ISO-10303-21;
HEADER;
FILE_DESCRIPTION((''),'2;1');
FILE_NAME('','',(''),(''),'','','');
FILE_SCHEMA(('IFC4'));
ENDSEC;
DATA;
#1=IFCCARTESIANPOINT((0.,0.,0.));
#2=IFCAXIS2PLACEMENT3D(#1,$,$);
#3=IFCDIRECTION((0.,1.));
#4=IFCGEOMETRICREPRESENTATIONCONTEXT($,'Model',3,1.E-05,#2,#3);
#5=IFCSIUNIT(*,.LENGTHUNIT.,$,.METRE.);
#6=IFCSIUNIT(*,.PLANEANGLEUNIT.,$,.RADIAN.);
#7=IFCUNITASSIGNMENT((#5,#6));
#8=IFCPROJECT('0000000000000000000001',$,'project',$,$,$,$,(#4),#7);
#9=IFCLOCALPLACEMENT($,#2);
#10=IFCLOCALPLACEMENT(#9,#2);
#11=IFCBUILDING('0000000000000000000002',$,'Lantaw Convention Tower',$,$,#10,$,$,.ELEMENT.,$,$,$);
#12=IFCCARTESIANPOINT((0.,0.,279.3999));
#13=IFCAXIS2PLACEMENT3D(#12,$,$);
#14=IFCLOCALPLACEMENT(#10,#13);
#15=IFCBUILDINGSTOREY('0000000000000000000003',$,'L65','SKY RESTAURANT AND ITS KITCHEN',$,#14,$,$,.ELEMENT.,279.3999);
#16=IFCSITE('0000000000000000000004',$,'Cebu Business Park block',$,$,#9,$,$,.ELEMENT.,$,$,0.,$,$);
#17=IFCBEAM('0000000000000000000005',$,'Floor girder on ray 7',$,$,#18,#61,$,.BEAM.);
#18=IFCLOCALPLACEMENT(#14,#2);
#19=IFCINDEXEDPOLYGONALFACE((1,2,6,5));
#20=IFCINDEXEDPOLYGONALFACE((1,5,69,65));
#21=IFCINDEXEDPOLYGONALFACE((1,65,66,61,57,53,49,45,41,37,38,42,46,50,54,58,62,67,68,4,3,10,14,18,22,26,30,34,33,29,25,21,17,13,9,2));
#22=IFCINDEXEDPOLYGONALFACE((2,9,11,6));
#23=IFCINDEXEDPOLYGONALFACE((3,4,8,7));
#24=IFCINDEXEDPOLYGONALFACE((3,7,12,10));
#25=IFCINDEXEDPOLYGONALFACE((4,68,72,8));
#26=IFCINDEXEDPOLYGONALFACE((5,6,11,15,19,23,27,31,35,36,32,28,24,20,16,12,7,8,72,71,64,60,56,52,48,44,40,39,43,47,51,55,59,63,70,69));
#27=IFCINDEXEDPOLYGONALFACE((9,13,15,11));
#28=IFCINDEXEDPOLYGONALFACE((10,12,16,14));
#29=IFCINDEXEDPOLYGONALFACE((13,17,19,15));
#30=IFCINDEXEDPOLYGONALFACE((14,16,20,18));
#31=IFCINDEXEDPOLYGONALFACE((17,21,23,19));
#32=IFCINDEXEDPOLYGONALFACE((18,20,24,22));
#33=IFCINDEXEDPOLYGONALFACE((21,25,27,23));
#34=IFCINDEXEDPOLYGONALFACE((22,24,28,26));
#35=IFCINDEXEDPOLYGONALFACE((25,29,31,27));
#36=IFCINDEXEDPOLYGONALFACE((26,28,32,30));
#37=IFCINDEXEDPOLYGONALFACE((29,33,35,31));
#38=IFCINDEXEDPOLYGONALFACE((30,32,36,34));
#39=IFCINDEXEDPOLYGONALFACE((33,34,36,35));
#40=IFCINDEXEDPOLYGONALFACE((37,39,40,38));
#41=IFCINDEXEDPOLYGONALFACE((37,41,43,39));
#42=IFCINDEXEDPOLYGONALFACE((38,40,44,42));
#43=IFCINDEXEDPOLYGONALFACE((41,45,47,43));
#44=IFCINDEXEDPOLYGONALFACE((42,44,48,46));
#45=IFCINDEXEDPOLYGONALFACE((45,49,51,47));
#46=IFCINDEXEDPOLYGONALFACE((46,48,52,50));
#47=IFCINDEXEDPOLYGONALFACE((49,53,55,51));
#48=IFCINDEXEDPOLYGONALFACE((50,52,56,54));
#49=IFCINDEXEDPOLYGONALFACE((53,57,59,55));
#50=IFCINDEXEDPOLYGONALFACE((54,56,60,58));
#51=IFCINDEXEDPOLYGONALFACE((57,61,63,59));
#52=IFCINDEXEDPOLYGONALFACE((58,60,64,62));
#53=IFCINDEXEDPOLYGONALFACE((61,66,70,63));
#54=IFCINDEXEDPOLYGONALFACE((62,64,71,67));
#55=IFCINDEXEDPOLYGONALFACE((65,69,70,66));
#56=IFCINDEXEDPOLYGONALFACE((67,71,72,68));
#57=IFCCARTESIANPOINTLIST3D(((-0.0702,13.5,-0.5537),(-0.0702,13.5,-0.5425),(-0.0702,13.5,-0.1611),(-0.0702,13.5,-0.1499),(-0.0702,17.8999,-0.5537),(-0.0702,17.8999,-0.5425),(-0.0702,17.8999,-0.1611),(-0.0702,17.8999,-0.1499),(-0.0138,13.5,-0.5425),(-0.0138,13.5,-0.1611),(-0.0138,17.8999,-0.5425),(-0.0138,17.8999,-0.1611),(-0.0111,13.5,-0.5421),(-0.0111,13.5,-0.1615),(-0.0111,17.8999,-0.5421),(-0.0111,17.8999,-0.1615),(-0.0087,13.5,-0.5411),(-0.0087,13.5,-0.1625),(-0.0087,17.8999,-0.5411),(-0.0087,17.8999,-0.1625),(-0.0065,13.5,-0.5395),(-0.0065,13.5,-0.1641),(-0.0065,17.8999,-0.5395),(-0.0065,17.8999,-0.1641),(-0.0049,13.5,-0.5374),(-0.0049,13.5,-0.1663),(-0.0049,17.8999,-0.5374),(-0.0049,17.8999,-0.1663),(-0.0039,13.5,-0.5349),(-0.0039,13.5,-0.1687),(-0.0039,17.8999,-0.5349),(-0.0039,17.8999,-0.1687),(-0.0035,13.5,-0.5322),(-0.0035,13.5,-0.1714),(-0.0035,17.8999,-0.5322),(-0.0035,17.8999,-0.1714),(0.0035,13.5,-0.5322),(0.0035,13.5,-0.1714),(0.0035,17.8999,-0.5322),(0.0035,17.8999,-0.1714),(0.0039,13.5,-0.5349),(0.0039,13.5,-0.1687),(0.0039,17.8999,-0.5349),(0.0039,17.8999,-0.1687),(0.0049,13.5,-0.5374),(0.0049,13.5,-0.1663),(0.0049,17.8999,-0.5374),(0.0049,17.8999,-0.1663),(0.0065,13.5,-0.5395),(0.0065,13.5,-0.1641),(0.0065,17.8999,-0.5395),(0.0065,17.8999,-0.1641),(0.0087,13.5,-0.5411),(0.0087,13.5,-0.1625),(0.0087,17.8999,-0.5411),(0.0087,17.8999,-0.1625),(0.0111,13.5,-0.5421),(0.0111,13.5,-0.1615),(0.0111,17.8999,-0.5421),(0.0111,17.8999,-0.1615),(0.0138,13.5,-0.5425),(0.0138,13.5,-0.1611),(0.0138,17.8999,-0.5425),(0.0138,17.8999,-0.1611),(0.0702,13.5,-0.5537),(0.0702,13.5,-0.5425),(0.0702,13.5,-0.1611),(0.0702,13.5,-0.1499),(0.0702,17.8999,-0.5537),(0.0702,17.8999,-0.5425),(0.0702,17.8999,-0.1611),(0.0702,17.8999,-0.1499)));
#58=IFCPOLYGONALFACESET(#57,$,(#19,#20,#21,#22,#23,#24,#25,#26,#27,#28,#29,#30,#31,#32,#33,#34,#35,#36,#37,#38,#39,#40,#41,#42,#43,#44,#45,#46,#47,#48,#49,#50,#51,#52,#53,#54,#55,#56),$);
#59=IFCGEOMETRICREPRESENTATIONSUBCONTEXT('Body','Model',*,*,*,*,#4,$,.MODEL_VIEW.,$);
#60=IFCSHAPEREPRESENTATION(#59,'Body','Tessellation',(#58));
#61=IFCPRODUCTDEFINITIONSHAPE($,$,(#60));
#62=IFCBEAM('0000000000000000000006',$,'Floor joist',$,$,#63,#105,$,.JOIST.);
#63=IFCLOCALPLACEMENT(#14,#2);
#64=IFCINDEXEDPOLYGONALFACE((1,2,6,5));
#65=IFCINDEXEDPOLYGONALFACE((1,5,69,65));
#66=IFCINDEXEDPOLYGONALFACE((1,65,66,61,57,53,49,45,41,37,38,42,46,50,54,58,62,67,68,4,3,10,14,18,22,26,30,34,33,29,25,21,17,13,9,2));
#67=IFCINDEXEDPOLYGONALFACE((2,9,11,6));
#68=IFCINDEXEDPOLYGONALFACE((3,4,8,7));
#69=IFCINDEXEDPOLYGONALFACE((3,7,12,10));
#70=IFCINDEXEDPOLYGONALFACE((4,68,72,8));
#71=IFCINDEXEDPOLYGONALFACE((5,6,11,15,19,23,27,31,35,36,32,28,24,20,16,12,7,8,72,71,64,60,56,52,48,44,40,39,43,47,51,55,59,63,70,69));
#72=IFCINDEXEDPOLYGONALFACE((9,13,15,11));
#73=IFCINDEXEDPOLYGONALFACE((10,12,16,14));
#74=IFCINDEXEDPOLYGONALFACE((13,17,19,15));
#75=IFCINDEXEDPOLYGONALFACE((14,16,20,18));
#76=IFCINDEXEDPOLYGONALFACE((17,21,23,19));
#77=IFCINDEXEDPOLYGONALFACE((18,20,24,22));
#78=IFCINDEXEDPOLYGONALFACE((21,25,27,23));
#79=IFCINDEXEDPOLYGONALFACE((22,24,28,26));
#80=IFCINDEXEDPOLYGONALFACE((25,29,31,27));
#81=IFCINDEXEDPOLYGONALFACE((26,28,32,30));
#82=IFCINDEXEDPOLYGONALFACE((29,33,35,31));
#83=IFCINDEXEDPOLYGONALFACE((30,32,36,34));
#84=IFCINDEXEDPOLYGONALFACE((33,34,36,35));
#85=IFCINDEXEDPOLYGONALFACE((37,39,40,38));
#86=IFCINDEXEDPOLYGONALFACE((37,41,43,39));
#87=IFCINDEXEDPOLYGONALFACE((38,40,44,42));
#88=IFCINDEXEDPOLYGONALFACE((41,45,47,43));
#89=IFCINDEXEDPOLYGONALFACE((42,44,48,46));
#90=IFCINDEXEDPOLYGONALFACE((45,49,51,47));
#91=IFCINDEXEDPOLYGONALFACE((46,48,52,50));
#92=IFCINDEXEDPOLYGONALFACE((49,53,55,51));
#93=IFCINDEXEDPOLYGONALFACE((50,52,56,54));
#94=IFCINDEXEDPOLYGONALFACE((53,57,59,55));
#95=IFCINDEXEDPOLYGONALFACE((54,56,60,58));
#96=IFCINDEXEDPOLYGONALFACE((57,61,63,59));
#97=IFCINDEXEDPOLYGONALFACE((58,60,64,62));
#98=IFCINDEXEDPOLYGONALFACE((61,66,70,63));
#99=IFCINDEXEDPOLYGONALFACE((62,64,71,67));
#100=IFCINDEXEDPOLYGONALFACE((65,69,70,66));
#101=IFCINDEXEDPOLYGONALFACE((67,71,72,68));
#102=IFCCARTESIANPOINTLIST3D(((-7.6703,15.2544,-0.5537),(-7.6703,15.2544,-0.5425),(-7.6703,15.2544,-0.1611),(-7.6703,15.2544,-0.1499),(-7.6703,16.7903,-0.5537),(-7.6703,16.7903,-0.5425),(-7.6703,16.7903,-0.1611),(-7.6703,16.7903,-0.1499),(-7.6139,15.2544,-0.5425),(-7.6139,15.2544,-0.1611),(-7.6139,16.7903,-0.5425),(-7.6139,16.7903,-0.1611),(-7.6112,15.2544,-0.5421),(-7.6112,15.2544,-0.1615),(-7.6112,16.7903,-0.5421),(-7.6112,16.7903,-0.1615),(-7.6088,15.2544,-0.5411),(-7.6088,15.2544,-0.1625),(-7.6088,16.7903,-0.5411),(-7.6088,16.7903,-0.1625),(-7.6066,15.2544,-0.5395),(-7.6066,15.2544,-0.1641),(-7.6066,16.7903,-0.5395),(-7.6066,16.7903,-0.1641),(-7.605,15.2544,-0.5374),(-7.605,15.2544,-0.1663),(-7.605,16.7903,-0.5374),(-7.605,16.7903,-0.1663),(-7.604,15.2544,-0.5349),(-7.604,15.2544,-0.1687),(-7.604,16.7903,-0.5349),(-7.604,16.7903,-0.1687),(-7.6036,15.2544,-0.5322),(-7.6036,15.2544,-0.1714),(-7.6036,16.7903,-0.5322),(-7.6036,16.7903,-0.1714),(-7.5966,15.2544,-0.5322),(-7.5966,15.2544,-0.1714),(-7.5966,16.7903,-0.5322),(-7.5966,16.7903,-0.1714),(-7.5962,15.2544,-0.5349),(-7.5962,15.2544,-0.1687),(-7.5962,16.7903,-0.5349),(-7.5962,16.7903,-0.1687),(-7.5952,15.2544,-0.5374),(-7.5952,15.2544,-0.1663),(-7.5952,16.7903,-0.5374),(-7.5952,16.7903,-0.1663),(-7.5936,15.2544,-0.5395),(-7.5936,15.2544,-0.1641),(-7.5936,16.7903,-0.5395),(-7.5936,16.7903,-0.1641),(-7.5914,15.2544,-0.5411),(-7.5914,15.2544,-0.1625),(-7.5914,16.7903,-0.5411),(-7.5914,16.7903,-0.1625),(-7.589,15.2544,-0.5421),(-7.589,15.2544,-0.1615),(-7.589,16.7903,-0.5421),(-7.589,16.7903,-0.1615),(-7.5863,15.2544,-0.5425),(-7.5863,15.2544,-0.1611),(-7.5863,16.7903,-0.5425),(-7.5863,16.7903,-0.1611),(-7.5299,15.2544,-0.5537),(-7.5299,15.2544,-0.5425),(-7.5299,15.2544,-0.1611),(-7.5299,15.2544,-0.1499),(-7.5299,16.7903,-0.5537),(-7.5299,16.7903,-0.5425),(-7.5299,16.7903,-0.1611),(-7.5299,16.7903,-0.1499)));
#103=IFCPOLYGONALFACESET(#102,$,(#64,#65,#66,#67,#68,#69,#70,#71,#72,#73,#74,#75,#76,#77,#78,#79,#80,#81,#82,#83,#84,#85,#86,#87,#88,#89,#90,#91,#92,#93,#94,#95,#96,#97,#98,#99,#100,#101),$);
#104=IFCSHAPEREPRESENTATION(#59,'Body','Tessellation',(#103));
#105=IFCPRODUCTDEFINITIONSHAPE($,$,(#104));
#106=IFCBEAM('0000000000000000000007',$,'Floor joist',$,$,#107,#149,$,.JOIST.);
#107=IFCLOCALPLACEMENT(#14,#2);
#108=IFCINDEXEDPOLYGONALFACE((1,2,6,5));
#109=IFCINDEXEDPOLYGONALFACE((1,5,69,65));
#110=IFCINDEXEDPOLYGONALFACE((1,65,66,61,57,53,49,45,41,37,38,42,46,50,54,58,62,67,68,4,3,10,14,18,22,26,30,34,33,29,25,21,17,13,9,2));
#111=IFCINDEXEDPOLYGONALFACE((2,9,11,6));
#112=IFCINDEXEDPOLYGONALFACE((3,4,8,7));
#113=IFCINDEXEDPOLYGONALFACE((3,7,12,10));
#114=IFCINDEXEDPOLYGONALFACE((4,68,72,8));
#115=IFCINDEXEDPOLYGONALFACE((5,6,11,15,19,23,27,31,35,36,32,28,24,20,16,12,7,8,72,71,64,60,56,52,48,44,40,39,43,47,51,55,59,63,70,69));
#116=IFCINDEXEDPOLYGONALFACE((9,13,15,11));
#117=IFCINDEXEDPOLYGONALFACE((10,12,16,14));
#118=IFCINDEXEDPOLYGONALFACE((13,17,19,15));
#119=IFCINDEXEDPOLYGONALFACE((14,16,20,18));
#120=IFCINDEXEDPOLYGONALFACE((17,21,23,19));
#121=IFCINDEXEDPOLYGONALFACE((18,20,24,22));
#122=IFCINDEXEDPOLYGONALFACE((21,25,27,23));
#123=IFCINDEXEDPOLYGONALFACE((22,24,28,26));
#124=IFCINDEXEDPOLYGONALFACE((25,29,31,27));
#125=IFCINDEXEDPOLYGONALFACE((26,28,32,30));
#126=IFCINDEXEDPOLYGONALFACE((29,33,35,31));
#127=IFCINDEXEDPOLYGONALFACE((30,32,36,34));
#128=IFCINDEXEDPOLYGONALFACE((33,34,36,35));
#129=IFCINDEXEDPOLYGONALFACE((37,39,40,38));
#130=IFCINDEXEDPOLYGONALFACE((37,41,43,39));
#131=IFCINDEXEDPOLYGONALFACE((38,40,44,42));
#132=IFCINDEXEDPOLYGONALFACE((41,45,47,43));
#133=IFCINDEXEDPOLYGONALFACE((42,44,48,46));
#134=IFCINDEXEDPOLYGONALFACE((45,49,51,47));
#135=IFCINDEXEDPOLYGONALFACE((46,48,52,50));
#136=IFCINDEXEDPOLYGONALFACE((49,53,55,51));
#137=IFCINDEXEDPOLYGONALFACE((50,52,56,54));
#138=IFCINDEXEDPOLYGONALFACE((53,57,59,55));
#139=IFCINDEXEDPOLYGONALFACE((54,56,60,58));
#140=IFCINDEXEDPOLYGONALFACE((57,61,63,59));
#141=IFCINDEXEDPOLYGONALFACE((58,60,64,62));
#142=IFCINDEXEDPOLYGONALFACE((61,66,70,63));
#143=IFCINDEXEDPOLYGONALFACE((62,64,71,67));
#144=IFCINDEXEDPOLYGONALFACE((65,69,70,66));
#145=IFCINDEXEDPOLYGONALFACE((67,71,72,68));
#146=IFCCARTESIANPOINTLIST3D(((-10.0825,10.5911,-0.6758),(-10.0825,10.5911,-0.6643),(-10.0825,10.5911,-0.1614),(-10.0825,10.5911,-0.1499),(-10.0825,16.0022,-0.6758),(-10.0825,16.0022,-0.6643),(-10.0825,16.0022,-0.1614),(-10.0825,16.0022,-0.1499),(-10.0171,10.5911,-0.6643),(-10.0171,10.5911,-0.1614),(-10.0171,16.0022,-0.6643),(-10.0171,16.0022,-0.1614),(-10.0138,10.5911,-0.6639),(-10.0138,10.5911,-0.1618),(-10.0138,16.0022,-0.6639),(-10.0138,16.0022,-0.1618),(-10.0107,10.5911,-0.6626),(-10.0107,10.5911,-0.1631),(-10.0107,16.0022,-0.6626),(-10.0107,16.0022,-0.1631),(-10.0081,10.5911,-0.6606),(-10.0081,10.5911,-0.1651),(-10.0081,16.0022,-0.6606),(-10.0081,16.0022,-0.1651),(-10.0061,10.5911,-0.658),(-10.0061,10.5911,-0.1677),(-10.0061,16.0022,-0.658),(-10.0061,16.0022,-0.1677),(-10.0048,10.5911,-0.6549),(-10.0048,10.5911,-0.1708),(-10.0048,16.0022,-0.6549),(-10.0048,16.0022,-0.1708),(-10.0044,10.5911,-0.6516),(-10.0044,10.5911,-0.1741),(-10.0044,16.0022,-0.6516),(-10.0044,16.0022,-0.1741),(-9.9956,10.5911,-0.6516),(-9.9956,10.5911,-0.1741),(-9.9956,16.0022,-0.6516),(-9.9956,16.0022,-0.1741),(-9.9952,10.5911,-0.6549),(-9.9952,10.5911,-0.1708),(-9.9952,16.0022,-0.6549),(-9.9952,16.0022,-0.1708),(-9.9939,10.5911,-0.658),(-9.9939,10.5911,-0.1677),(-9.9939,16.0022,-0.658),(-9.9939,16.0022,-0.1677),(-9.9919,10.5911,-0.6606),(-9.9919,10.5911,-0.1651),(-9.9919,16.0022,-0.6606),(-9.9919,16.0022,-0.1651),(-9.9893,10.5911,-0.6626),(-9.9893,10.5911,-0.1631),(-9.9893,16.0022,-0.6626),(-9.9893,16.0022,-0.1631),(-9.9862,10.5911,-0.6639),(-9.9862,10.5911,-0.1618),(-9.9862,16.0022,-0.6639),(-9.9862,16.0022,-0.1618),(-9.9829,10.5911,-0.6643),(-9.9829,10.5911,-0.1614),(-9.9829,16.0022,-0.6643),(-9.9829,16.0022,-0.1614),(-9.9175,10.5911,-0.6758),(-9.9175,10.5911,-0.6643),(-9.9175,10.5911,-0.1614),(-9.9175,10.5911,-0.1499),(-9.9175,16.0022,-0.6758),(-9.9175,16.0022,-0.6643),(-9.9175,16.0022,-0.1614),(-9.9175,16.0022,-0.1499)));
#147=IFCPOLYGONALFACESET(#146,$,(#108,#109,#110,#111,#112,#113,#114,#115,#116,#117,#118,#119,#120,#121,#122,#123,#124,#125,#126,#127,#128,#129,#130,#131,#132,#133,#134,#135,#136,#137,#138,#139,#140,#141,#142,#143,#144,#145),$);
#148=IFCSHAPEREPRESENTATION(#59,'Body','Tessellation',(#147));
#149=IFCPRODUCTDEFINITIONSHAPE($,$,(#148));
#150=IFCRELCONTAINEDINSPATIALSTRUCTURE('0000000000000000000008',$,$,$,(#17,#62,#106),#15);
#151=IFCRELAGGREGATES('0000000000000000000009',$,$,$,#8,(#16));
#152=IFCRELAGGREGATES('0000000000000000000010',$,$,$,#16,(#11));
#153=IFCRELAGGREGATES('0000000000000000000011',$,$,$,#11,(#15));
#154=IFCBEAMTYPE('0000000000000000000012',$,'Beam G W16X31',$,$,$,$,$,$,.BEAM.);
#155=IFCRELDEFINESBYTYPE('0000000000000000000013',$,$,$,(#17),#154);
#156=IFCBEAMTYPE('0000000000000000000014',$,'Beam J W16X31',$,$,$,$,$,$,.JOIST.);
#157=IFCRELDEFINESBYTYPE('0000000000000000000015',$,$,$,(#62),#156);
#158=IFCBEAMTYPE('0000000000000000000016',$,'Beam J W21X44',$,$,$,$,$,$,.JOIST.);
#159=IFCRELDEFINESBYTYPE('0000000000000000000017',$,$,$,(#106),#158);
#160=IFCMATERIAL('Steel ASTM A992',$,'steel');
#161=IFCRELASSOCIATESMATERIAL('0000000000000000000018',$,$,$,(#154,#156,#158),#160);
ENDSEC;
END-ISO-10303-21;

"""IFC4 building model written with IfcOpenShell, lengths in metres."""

from ifc_helpers import new_model, si_unit, direction, frame, origin, origin_2d, place, context, subcontext, project, spatial, i_section, extrude, material, material_profile, profile_set, type_object, element, save


model = new_model("IFC4")

# Units and contexts
model_context = context("Model", 3, precision=1e-05, world=origin(), true_north=direction((0.0, 1.0)))
body_context = subcontext(model_context, "Body", "Model", "MODEL_VIEW")
ifc_project = project(units=[si_unit("LENGTHUNIT", "METRE"), si_unit("PLANEANGLEUNIT", "RADIAN")], contexts=[model_context])

# Site, building, storey
site_placement = place(None, origin())
site = spatial("IfcSite", under=ifc_project, at=site_placement, Name="Cebu Business Park block", CompositionType="ELEMENT", RefElevation=0.0)
building_placement = place(site_placement, origin())
building = spatial("IfcBuilding", under=site, at=building_placement, Name="Lantaw Convention Tower", CompositionType="ELEMENT")
storey_placement = place(building_placement, frame((0.0, 0.0, 279.3999)))
storey = spatial("IfcBuildingStorey", under=building, at=storey_placement, Name="L65", Description="SKY RESTAURANT AND ITS KITCHEN", CompositionType="ELEMENT", Elevation=279.3999)

# Beams
ifc_material_1 = material(Name="Steel ASTM A992", Category="steel")
ifc_material_profile_1 = material_profile(ifc_material_1, i_section(OverallWidth=0.1404, OverallDepth=0.4038, WebThickness=0.0071, FlangeThickness=0.0112, FilletRadius=0.0103, at=origin_2d()), Name="W16X31")
ifc_profile_set_1 = profile_set([ifc_material_profile_1], Name="Steel ASTM A992")
beam_type_1 = type_object("IfcBeamType", Name="Beam G W16X31", PredefinedType="BEAM", material=ifc_profile_set_1)
beam_1_placement = place(storey_placement, frame((0.0, 13.5, -0.3518), z_axis=(0.0, 1.0, 0.0), x_axis=(-1.0, 0.0, 0.0)))
element("IfcBeam", 1, at=beam_1_placement, inside=storey, type_object=beam_type_1, Name="Floor girder on ray 7", PredefinedType="BEAM", context=body_context, shape_type="SweptSolid", body=[
    extrude(i_section(OverallWidth=0.1404, OverallDepth=0.4038, WebThickness=0.0071, FlangeThickness=0.0112, FilletRadius=0.0103, at=origin_2d()), origin(), (0.0, 0.0, 1.0), 4.3999),
])
ifc_material_profile_2 = material_profile(ifc_material_1, i_section(OverallWidth=0.1404, OverallDepth=0.4038, WebThickness=0.0071, FlangeThickness=0.0112, FilletRadius=0.0103, at=origin_2d()), Name="W16X31")
ifc_profile_set_2 = profile_set([ifc_material_profile_2], Name="Steel ASTM A992")
beam_type_2 = type_object("IfcBeamType", Name="Beam J W16X31", PredefinedType="JOIST", material=ifc_profile_set_2)
beam_2_placement = place(storey_placement, frame((-7.6001, 15.2544, -0.3518), z_axis=(0.0, 1.0, 0.0), x_axis=(-1.0, 0.0, 0.0)))
element("IfcBeam", 2, at=beam_2_placement, inside=storey, type_object=beam_type_2, Name="Floor joist", PredefinedType="JOIST", context=body_context, shape_type="SweptSolid", body=[
    extrude(i_section(OverallWidth=0.1404, OverallDepth=0.4038, WebThickness=0.0071, FlangeThickness=0.0112, FilletRadius=0.0103, at=origin_2d()), origin(), (0.0, 0.0, 1.0), 1.5359),
])
ifc_material_profile_3 = material_profile(ifc_material_1, i_section(OverallWidth=0.165, OverallDepth=0.5259, WebThickness=0.0088, FlangeThickness=0.0115, FilletRadius=0.0127, at=origin_2d()), Name="W21X44")
ifc_profile_set_3 = profile_set([ifc_material_profile_3], Name="Steel ASTM A992")
beam_type_3 = type_object("IfcBeamType", Name="Beam J W21X44", PredefinedType="JOIST", material=ifc_profile_set_3)
beam_3_placement = place(storey_placement, frame((-10.0, 10.5911, -0.4128), z_axis=(0.0, 1.0, 0.0), x_axis=(-1.0, 0.0, 0.0)))
element("IfcBeam", 3, at=beam_3_placement, inside=storey, type_object=beam_type_3, Name="Floor joist", PredefinedType="JOIST", context=body_context, shape_type="SweptSolid", body=[
    extrude(i_section(OverallWidth=0.165, OverallDepth=0.5259, WebThickness=0.0088, FlangeThickness=0.0115, FilletRadius=0.0127, at=origin_2d()), origin(), (0.0, 0.0, 1.0), 5.4111),
])

save(model, "model.ifc")
